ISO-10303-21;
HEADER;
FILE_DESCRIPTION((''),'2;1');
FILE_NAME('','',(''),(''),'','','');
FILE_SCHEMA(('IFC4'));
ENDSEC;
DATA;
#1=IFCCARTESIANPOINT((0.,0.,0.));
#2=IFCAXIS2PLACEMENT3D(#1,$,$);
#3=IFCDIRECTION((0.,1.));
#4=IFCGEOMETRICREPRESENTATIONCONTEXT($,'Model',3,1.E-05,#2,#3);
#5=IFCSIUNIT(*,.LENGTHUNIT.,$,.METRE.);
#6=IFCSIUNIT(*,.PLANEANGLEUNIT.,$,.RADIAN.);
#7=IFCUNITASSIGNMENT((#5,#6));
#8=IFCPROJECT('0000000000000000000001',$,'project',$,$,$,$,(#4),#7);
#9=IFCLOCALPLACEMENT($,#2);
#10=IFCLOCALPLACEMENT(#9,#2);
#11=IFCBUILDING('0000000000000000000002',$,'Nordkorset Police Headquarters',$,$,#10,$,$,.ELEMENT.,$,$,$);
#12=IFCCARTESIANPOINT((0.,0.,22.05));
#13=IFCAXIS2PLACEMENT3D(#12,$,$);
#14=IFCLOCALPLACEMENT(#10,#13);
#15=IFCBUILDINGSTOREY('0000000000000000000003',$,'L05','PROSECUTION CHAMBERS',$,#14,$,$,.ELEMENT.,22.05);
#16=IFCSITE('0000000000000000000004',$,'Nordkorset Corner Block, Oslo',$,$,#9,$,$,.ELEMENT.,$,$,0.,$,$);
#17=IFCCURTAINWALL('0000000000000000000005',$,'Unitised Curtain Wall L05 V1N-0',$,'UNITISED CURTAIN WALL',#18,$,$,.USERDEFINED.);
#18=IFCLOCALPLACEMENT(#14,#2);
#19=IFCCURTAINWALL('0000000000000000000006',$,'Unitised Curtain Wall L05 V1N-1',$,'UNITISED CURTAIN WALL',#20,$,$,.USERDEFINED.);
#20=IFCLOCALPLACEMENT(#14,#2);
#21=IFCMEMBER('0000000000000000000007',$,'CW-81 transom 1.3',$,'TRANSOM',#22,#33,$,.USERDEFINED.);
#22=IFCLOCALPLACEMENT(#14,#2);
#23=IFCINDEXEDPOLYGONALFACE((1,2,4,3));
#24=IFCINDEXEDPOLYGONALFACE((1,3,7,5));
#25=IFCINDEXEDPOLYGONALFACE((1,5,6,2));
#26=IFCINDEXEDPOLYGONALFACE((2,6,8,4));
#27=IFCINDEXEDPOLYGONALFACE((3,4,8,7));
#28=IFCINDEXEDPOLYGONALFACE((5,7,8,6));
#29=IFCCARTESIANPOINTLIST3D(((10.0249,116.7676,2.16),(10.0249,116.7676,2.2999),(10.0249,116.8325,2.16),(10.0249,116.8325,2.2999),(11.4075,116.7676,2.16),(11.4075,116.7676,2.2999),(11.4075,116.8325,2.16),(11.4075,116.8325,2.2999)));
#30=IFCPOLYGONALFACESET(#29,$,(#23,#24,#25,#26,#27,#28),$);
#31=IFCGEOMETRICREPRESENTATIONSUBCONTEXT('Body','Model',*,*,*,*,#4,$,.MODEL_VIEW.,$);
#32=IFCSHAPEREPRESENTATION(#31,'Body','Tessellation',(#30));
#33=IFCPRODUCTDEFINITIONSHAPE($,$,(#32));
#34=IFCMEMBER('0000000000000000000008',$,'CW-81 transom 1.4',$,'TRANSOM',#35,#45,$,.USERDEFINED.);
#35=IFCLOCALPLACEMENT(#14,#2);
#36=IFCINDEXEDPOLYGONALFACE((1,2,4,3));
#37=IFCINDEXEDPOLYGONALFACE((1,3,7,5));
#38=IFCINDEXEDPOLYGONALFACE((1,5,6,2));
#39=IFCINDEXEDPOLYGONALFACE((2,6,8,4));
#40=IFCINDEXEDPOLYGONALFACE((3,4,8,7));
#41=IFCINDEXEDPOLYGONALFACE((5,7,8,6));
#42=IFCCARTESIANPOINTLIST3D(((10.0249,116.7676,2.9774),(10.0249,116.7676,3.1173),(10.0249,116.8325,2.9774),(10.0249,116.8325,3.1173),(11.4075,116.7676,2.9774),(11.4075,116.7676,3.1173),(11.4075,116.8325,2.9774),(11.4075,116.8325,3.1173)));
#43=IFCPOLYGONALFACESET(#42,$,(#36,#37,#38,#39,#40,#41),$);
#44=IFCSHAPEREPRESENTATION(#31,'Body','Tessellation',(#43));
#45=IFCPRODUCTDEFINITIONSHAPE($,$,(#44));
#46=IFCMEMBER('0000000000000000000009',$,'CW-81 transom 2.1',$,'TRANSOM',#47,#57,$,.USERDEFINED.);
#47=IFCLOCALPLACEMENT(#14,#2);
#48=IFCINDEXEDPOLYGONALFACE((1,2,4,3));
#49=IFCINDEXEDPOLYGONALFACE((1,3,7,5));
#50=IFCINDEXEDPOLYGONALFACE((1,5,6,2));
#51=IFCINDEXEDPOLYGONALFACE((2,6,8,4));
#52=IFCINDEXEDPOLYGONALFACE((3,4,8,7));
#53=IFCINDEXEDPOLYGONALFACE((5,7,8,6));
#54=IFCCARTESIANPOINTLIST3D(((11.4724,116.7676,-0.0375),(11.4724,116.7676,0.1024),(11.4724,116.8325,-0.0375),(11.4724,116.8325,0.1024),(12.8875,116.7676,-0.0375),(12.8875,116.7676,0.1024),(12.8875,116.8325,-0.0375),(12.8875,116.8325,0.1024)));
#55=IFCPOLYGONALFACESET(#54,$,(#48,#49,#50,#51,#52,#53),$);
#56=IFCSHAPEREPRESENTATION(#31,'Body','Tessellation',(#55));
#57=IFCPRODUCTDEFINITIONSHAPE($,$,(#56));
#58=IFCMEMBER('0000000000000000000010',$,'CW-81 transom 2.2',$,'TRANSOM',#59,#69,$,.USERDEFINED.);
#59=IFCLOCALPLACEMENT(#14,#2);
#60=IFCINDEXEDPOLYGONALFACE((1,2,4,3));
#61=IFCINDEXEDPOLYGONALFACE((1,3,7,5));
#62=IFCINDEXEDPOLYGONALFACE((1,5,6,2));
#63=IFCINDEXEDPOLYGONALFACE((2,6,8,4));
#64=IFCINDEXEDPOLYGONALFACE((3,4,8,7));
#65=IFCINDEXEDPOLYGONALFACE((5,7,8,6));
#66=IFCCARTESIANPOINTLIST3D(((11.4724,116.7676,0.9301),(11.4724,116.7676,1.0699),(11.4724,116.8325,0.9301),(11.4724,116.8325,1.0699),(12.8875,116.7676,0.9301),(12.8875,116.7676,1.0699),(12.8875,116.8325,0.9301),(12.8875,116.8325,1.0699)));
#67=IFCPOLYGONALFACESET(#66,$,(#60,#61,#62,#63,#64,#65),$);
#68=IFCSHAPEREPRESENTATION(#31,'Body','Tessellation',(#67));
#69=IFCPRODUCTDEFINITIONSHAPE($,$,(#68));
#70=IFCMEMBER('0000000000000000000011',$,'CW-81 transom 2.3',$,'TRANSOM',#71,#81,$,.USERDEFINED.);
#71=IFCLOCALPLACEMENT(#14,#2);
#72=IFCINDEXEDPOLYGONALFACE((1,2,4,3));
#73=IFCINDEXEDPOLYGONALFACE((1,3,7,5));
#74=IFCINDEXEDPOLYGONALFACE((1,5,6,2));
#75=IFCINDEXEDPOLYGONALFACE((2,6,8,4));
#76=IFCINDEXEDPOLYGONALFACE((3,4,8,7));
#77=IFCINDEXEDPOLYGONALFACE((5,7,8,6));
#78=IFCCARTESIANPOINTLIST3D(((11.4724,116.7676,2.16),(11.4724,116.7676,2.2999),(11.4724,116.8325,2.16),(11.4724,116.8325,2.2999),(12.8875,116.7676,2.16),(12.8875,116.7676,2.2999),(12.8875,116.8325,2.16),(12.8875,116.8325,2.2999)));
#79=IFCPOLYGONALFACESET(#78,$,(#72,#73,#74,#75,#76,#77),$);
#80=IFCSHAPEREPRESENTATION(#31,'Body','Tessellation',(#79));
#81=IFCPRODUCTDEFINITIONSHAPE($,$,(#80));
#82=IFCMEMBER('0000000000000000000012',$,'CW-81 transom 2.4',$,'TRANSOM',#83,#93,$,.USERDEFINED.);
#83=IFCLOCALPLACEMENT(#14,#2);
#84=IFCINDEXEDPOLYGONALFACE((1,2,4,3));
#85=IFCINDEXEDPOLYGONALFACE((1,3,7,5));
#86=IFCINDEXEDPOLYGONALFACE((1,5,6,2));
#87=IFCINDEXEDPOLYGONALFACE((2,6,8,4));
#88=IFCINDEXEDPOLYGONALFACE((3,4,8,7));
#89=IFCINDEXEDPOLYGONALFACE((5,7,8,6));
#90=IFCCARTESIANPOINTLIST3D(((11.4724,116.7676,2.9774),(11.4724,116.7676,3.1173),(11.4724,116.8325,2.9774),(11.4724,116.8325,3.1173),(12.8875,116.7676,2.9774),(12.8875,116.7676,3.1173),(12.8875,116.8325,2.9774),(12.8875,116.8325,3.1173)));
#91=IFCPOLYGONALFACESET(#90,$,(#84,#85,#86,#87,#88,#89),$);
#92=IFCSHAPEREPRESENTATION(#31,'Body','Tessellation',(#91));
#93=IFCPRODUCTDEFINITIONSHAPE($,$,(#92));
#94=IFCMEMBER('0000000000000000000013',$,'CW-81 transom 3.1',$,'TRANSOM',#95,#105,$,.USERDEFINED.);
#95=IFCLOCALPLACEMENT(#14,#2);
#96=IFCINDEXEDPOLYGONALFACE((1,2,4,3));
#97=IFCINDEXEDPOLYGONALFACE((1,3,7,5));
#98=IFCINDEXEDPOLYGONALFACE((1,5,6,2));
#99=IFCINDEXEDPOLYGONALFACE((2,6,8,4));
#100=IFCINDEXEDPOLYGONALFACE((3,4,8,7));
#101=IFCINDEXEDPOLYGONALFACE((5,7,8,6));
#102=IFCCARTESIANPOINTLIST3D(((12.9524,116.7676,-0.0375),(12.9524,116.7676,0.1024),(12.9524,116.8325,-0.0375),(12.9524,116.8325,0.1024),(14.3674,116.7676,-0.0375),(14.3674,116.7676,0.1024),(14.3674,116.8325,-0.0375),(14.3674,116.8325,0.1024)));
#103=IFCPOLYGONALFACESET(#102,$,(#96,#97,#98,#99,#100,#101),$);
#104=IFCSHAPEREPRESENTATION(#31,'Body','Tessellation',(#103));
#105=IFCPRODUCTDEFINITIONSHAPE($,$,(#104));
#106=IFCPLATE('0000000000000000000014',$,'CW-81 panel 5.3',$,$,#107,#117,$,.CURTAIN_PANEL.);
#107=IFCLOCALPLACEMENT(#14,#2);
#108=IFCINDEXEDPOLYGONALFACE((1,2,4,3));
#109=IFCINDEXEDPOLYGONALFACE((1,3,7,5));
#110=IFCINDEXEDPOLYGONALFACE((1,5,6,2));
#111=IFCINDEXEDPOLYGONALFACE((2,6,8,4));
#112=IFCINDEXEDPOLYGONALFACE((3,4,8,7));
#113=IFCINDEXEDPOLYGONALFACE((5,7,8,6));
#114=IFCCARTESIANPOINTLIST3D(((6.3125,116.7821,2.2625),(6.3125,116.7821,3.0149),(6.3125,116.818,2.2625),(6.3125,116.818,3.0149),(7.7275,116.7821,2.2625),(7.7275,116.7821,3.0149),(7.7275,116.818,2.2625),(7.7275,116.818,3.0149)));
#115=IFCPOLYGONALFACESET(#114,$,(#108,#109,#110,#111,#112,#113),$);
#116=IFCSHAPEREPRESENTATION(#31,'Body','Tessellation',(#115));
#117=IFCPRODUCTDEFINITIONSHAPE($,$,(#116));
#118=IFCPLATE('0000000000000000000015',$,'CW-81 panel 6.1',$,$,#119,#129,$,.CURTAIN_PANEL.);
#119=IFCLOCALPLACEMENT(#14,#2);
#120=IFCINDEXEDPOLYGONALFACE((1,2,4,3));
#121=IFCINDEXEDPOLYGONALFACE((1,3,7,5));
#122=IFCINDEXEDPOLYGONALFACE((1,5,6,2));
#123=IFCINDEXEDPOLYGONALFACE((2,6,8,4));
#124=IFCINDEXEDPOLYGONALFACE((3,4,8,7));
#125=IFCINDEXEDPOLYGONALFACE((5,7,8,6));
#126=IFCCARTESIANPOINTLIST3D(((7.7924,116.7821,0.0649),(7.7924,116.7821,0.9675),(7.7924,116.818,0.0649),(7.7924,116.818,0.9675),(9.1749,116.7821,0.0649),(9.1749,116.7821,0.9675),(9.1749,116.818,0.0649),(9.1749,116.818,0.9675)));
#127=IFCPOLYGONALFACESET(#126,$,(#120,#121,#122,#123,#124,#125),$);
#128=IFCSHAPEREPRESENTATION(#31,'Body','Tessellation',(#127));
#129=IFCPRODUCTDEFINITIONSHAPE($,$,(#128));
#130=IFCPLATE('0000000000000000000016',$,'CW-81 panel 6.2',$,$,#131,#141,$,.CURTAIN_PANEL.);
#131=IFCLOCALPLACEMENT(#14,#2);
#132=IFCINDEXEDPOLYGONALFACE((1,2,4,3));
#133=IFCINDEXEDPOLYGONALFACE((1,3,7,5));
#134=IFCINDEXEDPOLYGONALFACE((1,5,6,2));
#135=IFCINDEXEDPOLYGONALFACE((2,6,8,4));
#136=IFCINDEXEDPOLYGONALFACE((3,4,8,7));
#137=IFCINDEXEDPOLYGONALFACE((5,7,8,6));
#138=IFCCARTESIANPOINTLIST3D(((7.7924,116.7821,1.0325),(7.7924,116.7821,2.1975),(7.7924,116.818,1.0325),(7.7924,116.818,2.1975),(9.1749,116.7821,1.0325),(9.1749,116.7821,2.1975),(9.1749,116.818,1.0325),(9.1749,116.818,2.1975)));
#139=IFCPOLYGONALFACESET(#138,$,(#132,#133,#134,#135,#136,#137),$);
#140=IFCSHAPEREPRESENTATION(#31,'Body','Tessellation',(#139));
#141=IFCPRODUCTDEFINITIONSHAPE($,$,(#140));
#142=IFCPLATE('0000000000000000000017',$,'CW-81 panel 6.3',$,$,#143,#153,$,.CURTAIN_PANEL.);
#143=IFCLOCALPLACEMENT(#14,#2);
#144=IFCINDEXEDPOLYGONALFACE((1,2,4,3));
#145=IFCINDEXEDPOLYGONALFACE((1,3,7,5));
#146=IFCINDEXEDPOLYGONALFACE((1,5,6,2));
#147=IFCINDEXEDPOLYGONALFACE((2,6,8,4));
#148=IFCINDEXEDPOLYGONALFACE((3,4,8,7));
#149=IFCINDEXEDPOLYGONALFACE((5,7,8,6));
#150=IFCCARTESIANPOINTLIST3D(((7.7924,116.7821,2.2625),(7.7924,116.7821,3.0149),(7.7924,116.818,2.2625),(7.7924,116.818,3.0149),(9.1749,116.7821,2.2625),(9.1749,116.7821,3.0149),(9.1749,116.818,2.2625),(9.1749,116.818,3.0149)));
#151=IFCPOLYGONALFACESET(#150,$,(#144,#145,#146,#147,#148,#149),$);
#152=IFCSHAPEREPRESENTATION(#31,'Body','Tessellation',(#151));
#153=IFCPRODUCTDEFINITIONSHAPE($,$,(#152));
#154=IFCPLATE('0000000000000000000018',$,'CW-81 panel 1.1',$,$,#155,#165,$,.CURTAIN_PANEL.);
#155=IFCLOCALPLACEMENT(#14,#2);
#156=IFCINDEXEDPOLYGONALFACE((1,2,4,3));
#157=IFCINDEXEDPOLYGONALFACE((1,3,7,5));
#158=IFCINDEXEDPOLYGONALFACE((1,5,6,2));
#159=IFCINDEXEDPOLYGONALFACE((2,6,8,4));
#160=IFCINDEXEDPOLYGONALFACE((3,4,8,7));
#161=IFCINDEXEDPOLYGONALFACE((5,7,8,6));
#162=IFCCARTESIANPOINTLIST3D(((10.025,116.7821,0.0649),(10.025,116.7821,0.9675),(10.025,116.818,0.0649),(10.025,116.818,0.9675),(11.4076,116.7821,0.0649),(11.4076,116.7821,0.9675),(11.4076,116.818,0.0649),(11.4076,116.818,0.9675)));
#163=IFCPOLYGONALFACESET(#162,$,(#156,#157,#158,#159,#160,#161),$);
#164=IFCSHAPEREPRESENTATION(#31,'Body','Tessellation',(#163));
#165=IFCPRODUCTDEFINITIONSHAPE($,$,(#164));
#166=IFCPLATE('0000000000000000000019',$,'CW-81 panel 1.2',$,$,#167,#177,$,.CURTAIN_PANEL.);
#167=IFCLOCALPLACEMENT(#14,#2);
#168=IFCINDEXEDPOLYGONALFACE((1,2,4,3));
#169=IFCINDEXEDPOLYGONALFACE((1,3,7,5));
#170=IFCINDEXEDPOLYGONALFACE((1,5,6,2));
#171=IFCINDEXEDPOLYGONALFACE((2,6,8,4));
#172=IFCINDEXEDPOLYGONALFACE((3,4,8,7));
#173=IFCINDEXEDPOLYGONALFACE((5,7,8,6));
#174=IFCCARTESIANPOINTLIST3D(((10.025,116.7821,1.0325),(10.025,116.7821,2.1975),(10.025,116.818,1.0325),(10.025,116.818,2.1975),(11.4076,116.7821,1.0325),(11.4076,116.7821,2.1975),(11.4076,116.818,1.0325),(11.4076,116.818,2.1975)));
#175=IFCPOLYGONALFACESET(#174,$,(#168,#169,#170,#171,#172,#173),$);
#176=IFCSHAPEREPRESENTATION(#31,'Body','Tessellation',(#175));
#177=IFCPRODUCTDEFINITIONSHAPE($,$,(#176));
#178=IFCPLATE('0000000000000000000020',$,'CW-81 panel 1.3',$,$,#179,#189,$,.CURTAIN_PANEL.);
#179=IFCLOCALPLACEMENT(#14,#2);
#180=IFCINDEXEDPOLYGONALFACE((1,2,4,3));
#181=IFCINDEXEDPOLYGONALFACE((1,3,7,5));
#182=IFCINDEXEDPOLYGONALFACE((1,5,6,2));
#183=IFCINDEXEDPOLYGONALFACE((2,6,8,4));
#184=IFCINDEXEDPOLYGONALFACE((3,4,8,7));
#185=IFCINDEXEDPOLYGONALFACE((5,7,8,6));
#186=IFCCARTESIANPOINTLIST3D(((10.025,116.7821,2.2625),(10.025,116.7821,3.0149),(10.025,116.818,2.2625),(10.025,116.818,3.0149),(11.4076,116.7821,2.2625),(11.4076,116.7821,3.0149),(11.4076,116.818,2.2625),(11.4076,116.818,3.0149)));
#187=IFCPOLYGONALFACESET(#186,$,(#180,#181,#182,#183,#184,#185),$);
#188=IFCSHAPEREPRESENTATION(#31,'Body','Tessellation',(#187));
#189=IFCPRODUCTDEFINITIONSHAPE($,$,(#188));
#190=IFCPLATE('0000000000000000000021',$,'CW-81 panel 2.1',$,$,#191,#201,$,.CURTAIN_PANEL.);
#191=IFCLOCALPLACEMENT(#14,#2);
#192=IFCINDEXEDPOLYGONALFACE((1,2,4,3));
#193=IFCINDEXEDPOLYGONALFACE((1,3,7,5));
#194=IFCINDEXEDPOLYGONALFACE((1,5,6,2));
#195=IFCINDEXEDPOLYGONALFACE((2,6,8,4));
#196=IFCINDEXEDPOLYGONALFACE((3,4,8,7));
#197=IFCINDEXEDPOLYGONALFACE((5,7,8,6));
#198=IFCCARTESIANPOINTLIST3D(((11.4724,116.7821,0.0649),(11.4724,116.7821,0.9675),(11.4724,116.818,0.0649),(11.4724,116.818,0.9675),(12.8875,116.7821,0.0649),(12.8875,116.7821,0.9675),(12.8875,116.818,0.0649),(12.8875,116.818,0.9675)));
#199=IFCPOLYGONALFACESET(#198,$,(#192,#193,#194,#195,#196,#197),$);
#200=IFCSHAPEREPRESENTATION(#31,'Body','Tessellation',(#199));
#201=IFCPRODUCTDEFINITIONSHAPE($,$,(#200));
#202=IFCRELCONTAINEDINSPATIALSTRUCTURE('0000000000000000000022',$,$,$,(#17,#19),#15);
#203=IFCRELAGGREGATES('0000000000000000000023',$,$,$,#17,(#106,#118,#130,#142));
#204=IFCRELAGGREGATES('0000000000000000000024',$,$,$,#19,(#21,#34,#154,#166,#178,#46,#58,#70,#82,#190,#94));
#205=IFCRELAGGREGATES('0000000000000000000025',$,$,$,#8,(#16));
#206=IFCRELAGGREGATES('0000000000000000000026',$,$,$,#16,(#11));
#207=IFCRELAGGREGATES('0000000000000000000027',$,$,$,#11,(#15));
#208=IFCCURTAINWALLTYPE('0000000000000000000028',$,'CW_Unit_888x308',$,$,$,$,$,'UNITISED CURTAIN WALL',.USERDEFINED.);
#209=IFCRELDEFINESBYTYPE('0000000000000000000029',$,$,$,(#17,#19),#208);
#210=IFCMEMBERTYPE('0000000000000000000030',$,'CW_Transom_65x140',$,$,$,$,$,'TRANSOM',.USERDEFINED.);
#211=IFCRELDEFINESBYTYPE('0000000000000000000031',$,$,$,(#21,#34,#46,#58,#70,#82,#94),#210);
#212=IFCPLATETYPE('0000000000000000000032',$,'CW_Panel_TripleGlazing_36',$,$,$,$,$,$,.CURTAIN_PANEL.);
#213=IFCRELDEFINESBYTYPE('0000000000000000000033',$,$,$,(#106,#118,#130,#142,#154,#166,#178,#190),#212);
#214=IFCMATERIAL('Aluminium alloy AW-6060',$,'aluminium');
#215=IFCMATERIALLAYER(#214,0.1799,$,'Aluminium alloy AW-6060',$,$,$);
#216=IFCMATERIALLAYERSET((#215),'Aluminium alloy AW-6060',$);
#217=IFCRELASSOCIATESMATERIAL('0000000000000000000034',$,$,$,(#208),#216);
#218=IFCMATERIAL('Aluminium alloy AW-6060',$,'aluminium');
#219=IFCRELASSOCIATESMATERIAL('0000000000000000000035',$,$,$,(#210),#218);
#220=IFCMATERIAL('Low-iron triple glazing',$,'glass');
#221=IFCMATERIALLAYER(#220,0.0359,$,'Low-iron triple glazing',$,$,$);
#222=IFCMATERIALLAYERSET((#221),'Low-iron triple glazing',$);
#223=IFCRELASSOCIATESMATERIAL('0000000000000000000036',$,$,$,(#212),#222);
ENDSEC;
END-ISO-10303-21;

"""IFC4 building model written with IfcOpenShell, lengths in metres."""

from ifc_helpers import new_model, si_unit, direction, frame, origin, origin_2d, place, context, subcontext, project, spatial, rectangle, extrude, material, layer, layer_set, material_profile, profile_set, type_object, element, aggregate, save


model = new_model("IFC4")

# Units and contexts
model_context = context("Model", 3, precision=1e-05, world=origin(), true_north=direction((0.0, 1.0)))
body_context = subcontext(model_context, "Body", "Model", "MODEL_VIEW")
ifc_project = project(units=[si_unit("LENGTHUNIT", "METRE"), si_unit("PLANEANGLEUNIT", "RADIAN")], contexts=[model_context])

# Site, building, storey
site_placement = place(None, origin())
site = spatial("IfcSite", under=ifc_project, at=site_placement, Name="Nordkorset Corner Block, Oslo", CompositionType="ELEMENT", RefElevation=0.0)
building_placement = place(site_placement, origin())
building = spatial("IfcBuilding", under=site, at=building_placement, Name="Nordkorset Police Headquarters", CompositionType="ELEMENT")
storey_placement = place(building_placement, frame((0.0, 0.0, 22.05)))
storey = spatial("IfcBuildingStorey", under=building, at=storey_placement, Name="L05", Description="PROSECUTION CHAMBERS", CompositionType="ELEMENT", Elevation=22.05)

# Curtain walls
ifc_material_1 = material(Name="Aluminium alloy AW-6060", Category="aluminium")
ifc_layer_1 = layer(ifc_material_1, 0.1799, Name="Aluminium alloy AW-6060")
ifc_layer_set_1 = layer_set([ifc_layer_1], Name="Aluminium alloy AW-6060")
curtain_wall_type = type_object("IfcCurtainWallType", Name="CW_Unit_888x308", ElementType="UNITISED CURTAIN WALL", PredefinedType="USERDEFINED", material=ifc_layer_set_1)
curtain_wall_1_placement = place(storey_placement, origin())
curtain_wall_1 = element("IfcCurtainWall", 1, at=curtain_wall_1_placement, inside=storey, type_object=curtain_wall_type, Name="Unitised Curtain Wall L05 V1N-0", ObjectType="UNITISED CURTAIN WALL", PredefinedType="USERDEFINED")
curtain_wall_2_placement = place(storey_placement, origin())
curtain_wall_2 = element("IfcCurtainWall", 2, at=curtain_wall_2_placement, inside=storey, type_object=curtain_wall_type, Name="Unitised Curtain Wall L05 V1N-1", ObjectType="UNITISED CURTAIN WALL", PredefinedType="USERDEFINED")

# Members
ifc_material_2 = material(Name="Aluminium alloy AW-6060", Category="aluminium")
ifc_material_profile_1 = material_profile(ifc_material_2, rectangle(XDim=0.0649, YDim=0.1399, at=origin_2d()), Name="ALU TRAN 65x140")
ifc_profile_set_1 = profile_set([ifc_material_profile_1], Name="Aluminium alloy AW-6060")
member_type_1 = type_object("IfcMemberType", Name="CW_Transom_65x140", ElementType="TRANSOM", PredefinedType="USERDEFINED", material=ifc_profile_set_1)
member_1_placement = place(storey_placement, frame((10.0249, 116.8, 2.23), z_axis=(1.0, 0.0, 0.0), x_axis=(0.0, 1.0, 0.0)))
member_1 = element("IfcMember", 3, at=member_1_placement, type_object=member_type_1, Name="CW-81 transom 1.3", ObjectType="TRANSOM", PredefinedType="USERDEFINED", context=body_context, shape_type="SweptSolid", body=[
    extrude(rectangle(XDim=0.0649, YDim=0.1399, at=origin_2d()), origin(), (0.0, 0.0, 1.0), 1.3826),
])
member_2_placement = place(storey_placement, frame((10.0249, 116.8, 3.0474), z_axis=(1.0, 0.0, 0.0), x_axis=(0.0, 1.0, 0.0)))
member_2 = element("IfcMember", 4, at=member_2_placement, type_object=member_type_1, Name="CW-81 transom 1.4", ObjectType="TRANSOM", PredefinedType="USERDEFINED", context=body_context, shape_type="SweptSolid", body=[
    extrude(rectangle(XDim=0.0649, YDim=0.1399, at=origin_2d()), origin(), (0.0, 0.0, 1.0), 1.3826),
])
member_3_placement = place(storey_placement, frame((11.4724, 116.8, 0.0325), z_axis=(1.0, 0.0, 0.0), x_axis=(0.0, 1.0, 0.0)))
member_3 = element("IfcMember", 5, at=member_3_placement, type_object=member_type_1, Name="CW-81 transom 2.1", ObjectType="TRANSOM", PredefinedType="USERDEFINED", context=body_context, shape_type="SweptSolid", body=[
    extrude(rectangle(XDim=0.0649, YDim=0.1399, at=origin_2d()), origin(), (0.0, 0.0, 1.0), 1.415),
])
member_4_placement = place(storey_placement, frame((11.4724, 116.8, 1.0), z_axis=(1.0, 0.0, 0.0), x_axis=(0.0, 1.0, 0.0)))
member_4 = element("IfcMember", 6, at=member_4_placement, type_object=member_type_1, Name="CW-81 transom 2.2", ObjectType="TRANSOM", PredefinedType="USERDEFINED", context=body_context, shape_type="SweptSolid", body=[
    extrude(rectangle(XDim=0.0649, YDim=0.1399, at=origin_2d()), origin(), (0.0, 0.0, 1.0), 1.415),
])
member_5_placement = place(storey_placement, frame((11.4724, 116.8, 2.23), z_axis=(1.0, 0.0, 0.0), x_axis=(0.0, 1.0, 0.0)))
member_5 = element("IfcMember", 7, at=member_5_placement, type_object=member_type_1, Name="CW-81 transom 2.3", ObjectType="TRANSOM", PredefinedType="USERDEFINED", context=body_context, shape_type="SweptSolid", body=[
    extrude(rectangle(XDim=0.0649, YDim=0.1399, at=origin_2d()), origin(), (0.0, 0.0, 1.0), 1.415),
])
member_6_placement = place(storey_placement, frame((11.4724, 116.8, 3.0474), z_axis=(1.0, 0.0, 0.0), x_axis=(0.0, 1.0, 0.0)))
member_6 = element("IfcMember", 8, at=member_6_placement, type_object=member_type_1, Name="CW-81 transom 2.4", ObjectType="TRANSOM", PredefinedType="USERDEFINED", context=body_context, shape_type="SweptSolid", body=[
    extrude(rectangle(XDim=0.0649, YDim=0.1399, at=origin_2d()), origin(), (0.0, 0.0, 1.0), 1.415),
])
member_7_placement = place(storey_placement, frame((12.9524, 116.8, 0.0325), z_axis=(1.0, 0.0, 0.0), x_axis=(0.0, 1.0, 0.0)))
member_7 = element("IfcMember", 9, at=member_7_placement, type_object=member_type_1, Name="CW-81 transom 3.1", ObjectType="TRANSOM", PredefinedType="USERDEFINED", context=body_context, shape_type="SweptSolid", body=[
    extrude(rectangle(XDim=0.0649, YDim=0.1399, at=origin_2d()), origin(), (0.0, 0.0, 1.0), 1.415),
])

# Plates
ifc_material_3 = material(Name="Low-iron triple glazing", Category="glass")
ifc_layer_2 = layer(ifc_material_3, 0.0359, Name="Low-iron triple glazing")
ifc_layer_set_2 = layer_set([ifc_layer_2], Name="Low-iron triple glazing")
plate_type = type_object("IfcPlateType", Name="CW_Panel_TripleGlazing_36", PredefinedType="CURTAIN_PANEL", material=ifc_layer_set_2)
plate_1_placement = place(storey_placement, frame((7.02, 116.8, 2.2625), z_axis=(0.0, 0.0, 1.0), x_axis=(1.0, 0.0, 0.0)))
plate_1 = element("IfcPlate", 10, at=plate_1_placement, type_object=plate_type, Name="CW-81 panel 5.3", PredefinedType="CURTAIN_PANEL", context=body_context, shape_type="SweptSolid", body=[
    extrude(rectangle(XDim=1.415, YDim=0.0359, at=origin_2d()), origin(), (0.0, 0.0, 1.0), 0.7524),
])
plate_2_placement = place(storey_placement, frame((8.4836, 116.8, 0.0649), z_axis=(0.0, 0.0, 1.0), x_axis=(1.0, 0.0, 0.0)))
plate_2 = element("IfcPlate", 11, at=plate_2_placement, type_object=plate_type, Name="CW-81 panel 6.1", PredefinedType="CURTAIN_PANEL", context=body_context, shape_type="SweptSolid", body=[
    extrude(rectangle(XDim=1.3826, YDim=0.0359, at=origin_2d()), origin(), (0.0, 0.0, 1.0), 0.9026),
])
plate_3_placement = place(storey_placement, frame((8.4836, 116.8, 1.0325), z_axis=(0.0, 0.0, 1.0), x_axis=(1.0, 0.0, 0.0)))
plate_3 = element("IfcPlate", 12, at=plate_3_placement, type_object=plate_type, Name="CW-81 panel 6.2", PredefinedType="CURTAIN_PANEL", context=body_context, shape_type="SweptSolid", body=[
    extrude(rectangle(XDim=1.3826, YDim=0.0359, at=origin_2d()), origin(), (0.0, 0.0, 1.0), 1.165),
])
plate_4_placement = place(storey_placement, frame((8.4836, 116.8, 2.2625), z_axis=(0.0, 0.0, 1.0), x_axis=(1.0, 0.0, 0.0)))
plate_4 = element("IfcPlate", 13, at=plate_4_placement, type_object=plate_type, Name="CW-81 panel 6.3", PredefinedType="CURTAIN_PANEL", context=body_context, shape_type="SweptSolid", body=[
    extrude(rectangle(XDim=1.3826, YDim=0.0359, at=origin_2d()), origin(), (0.0, 0.0, 1.0), 0.7524),
])
aggregate(curtain_wall_1, [plate_1, plate_2, plate_3, plate_4])
plate_5_placement = place(storey_placement, frame((10.7163, 116.8, 0.0649), z_axis=(0.0, 0.0, 1.0), x_axis=(1.0, 0.0, 0.0)))
plate_5 = element("IfcPlate", 14, at=plate_5_placement, type_object=plate_type, Name="CW-81 panel 1.1", PredefinedType="CURTAIN_PANEL", context=body_context, shape_type="SweptSolid", body=[
    extrude(rectangle(XDim=1.3826, YDim=0.0359, at=origin_2d()), origin(), (0.0, 0.0, 1.0), 0.9026),
])
plate_6_placement = place(storey_placement, frame((10.7163, 116.8, 1.0325), z_axis=(0.0, 0.0, 1.0), x_axis=(1.0, 0.0, 0.0)))
plate_6 = element("IfcPlate", 15, at=plate_6_placement, type_object=plate_type, Name="CW-81 panel 1.2", PredefinedType="CURTAIN_PANEL", context=body_context, shape_type="SweptSolid", body=[
    extrude(rectangle(XDim=1.3826, YDim=0.0359, at=origin_2d()), origin(), (0.0, 0.0, 1.0), 1.165),
])
plate_7_placement = place(storey_placement, frame((10.7163, 116.8, 2.2625), z_axis=(0.0, 0.0, 1.0), x_axis=(1.0, 0.0, 0.0)))
plate_7 = element("IfcPlate", 16, at=plate_7_placement, type_object=plate_type, Name="CW-81 panel 1.3", PredefinedType="CURTAIN_PANEL", context=body_context, shape_type="SweptSolid", body=[
    extrude(rectangle(XDim=1.3826, YDim=0.0359, at=origin_2d()), origin(), (0.0, 0.0, 1.0), 0.7524),
])
plate_8_placement = place(storey_placement, frame((12.1799, 116.8, 0.0649), z_axis=(0.0, 0.0, 1.0), x_axis=(1.0, 0.0, 0.0)))
plate_8 = element("IfcPlate", 17, at=plate_8_placement, type_object=plate_type, Name="CW-81 panel 2.1", PredefinedType="CURTAIN_PANEL", context=body_context, shape_type="SweptSolid", body=[
    extrude(rectangle(XDim=1.415, YDim=0.0359, at=origin_2d()), origin(), (0.0, 0.0, 1.0), 0.9026),
])
aggregate(curtain_wall_2, [member_1, member_2, plate_5, plate_6, plate_7, member_3, member_4, member_5, member_6, plate_8, member_7])

save(model, "model.ifc")
